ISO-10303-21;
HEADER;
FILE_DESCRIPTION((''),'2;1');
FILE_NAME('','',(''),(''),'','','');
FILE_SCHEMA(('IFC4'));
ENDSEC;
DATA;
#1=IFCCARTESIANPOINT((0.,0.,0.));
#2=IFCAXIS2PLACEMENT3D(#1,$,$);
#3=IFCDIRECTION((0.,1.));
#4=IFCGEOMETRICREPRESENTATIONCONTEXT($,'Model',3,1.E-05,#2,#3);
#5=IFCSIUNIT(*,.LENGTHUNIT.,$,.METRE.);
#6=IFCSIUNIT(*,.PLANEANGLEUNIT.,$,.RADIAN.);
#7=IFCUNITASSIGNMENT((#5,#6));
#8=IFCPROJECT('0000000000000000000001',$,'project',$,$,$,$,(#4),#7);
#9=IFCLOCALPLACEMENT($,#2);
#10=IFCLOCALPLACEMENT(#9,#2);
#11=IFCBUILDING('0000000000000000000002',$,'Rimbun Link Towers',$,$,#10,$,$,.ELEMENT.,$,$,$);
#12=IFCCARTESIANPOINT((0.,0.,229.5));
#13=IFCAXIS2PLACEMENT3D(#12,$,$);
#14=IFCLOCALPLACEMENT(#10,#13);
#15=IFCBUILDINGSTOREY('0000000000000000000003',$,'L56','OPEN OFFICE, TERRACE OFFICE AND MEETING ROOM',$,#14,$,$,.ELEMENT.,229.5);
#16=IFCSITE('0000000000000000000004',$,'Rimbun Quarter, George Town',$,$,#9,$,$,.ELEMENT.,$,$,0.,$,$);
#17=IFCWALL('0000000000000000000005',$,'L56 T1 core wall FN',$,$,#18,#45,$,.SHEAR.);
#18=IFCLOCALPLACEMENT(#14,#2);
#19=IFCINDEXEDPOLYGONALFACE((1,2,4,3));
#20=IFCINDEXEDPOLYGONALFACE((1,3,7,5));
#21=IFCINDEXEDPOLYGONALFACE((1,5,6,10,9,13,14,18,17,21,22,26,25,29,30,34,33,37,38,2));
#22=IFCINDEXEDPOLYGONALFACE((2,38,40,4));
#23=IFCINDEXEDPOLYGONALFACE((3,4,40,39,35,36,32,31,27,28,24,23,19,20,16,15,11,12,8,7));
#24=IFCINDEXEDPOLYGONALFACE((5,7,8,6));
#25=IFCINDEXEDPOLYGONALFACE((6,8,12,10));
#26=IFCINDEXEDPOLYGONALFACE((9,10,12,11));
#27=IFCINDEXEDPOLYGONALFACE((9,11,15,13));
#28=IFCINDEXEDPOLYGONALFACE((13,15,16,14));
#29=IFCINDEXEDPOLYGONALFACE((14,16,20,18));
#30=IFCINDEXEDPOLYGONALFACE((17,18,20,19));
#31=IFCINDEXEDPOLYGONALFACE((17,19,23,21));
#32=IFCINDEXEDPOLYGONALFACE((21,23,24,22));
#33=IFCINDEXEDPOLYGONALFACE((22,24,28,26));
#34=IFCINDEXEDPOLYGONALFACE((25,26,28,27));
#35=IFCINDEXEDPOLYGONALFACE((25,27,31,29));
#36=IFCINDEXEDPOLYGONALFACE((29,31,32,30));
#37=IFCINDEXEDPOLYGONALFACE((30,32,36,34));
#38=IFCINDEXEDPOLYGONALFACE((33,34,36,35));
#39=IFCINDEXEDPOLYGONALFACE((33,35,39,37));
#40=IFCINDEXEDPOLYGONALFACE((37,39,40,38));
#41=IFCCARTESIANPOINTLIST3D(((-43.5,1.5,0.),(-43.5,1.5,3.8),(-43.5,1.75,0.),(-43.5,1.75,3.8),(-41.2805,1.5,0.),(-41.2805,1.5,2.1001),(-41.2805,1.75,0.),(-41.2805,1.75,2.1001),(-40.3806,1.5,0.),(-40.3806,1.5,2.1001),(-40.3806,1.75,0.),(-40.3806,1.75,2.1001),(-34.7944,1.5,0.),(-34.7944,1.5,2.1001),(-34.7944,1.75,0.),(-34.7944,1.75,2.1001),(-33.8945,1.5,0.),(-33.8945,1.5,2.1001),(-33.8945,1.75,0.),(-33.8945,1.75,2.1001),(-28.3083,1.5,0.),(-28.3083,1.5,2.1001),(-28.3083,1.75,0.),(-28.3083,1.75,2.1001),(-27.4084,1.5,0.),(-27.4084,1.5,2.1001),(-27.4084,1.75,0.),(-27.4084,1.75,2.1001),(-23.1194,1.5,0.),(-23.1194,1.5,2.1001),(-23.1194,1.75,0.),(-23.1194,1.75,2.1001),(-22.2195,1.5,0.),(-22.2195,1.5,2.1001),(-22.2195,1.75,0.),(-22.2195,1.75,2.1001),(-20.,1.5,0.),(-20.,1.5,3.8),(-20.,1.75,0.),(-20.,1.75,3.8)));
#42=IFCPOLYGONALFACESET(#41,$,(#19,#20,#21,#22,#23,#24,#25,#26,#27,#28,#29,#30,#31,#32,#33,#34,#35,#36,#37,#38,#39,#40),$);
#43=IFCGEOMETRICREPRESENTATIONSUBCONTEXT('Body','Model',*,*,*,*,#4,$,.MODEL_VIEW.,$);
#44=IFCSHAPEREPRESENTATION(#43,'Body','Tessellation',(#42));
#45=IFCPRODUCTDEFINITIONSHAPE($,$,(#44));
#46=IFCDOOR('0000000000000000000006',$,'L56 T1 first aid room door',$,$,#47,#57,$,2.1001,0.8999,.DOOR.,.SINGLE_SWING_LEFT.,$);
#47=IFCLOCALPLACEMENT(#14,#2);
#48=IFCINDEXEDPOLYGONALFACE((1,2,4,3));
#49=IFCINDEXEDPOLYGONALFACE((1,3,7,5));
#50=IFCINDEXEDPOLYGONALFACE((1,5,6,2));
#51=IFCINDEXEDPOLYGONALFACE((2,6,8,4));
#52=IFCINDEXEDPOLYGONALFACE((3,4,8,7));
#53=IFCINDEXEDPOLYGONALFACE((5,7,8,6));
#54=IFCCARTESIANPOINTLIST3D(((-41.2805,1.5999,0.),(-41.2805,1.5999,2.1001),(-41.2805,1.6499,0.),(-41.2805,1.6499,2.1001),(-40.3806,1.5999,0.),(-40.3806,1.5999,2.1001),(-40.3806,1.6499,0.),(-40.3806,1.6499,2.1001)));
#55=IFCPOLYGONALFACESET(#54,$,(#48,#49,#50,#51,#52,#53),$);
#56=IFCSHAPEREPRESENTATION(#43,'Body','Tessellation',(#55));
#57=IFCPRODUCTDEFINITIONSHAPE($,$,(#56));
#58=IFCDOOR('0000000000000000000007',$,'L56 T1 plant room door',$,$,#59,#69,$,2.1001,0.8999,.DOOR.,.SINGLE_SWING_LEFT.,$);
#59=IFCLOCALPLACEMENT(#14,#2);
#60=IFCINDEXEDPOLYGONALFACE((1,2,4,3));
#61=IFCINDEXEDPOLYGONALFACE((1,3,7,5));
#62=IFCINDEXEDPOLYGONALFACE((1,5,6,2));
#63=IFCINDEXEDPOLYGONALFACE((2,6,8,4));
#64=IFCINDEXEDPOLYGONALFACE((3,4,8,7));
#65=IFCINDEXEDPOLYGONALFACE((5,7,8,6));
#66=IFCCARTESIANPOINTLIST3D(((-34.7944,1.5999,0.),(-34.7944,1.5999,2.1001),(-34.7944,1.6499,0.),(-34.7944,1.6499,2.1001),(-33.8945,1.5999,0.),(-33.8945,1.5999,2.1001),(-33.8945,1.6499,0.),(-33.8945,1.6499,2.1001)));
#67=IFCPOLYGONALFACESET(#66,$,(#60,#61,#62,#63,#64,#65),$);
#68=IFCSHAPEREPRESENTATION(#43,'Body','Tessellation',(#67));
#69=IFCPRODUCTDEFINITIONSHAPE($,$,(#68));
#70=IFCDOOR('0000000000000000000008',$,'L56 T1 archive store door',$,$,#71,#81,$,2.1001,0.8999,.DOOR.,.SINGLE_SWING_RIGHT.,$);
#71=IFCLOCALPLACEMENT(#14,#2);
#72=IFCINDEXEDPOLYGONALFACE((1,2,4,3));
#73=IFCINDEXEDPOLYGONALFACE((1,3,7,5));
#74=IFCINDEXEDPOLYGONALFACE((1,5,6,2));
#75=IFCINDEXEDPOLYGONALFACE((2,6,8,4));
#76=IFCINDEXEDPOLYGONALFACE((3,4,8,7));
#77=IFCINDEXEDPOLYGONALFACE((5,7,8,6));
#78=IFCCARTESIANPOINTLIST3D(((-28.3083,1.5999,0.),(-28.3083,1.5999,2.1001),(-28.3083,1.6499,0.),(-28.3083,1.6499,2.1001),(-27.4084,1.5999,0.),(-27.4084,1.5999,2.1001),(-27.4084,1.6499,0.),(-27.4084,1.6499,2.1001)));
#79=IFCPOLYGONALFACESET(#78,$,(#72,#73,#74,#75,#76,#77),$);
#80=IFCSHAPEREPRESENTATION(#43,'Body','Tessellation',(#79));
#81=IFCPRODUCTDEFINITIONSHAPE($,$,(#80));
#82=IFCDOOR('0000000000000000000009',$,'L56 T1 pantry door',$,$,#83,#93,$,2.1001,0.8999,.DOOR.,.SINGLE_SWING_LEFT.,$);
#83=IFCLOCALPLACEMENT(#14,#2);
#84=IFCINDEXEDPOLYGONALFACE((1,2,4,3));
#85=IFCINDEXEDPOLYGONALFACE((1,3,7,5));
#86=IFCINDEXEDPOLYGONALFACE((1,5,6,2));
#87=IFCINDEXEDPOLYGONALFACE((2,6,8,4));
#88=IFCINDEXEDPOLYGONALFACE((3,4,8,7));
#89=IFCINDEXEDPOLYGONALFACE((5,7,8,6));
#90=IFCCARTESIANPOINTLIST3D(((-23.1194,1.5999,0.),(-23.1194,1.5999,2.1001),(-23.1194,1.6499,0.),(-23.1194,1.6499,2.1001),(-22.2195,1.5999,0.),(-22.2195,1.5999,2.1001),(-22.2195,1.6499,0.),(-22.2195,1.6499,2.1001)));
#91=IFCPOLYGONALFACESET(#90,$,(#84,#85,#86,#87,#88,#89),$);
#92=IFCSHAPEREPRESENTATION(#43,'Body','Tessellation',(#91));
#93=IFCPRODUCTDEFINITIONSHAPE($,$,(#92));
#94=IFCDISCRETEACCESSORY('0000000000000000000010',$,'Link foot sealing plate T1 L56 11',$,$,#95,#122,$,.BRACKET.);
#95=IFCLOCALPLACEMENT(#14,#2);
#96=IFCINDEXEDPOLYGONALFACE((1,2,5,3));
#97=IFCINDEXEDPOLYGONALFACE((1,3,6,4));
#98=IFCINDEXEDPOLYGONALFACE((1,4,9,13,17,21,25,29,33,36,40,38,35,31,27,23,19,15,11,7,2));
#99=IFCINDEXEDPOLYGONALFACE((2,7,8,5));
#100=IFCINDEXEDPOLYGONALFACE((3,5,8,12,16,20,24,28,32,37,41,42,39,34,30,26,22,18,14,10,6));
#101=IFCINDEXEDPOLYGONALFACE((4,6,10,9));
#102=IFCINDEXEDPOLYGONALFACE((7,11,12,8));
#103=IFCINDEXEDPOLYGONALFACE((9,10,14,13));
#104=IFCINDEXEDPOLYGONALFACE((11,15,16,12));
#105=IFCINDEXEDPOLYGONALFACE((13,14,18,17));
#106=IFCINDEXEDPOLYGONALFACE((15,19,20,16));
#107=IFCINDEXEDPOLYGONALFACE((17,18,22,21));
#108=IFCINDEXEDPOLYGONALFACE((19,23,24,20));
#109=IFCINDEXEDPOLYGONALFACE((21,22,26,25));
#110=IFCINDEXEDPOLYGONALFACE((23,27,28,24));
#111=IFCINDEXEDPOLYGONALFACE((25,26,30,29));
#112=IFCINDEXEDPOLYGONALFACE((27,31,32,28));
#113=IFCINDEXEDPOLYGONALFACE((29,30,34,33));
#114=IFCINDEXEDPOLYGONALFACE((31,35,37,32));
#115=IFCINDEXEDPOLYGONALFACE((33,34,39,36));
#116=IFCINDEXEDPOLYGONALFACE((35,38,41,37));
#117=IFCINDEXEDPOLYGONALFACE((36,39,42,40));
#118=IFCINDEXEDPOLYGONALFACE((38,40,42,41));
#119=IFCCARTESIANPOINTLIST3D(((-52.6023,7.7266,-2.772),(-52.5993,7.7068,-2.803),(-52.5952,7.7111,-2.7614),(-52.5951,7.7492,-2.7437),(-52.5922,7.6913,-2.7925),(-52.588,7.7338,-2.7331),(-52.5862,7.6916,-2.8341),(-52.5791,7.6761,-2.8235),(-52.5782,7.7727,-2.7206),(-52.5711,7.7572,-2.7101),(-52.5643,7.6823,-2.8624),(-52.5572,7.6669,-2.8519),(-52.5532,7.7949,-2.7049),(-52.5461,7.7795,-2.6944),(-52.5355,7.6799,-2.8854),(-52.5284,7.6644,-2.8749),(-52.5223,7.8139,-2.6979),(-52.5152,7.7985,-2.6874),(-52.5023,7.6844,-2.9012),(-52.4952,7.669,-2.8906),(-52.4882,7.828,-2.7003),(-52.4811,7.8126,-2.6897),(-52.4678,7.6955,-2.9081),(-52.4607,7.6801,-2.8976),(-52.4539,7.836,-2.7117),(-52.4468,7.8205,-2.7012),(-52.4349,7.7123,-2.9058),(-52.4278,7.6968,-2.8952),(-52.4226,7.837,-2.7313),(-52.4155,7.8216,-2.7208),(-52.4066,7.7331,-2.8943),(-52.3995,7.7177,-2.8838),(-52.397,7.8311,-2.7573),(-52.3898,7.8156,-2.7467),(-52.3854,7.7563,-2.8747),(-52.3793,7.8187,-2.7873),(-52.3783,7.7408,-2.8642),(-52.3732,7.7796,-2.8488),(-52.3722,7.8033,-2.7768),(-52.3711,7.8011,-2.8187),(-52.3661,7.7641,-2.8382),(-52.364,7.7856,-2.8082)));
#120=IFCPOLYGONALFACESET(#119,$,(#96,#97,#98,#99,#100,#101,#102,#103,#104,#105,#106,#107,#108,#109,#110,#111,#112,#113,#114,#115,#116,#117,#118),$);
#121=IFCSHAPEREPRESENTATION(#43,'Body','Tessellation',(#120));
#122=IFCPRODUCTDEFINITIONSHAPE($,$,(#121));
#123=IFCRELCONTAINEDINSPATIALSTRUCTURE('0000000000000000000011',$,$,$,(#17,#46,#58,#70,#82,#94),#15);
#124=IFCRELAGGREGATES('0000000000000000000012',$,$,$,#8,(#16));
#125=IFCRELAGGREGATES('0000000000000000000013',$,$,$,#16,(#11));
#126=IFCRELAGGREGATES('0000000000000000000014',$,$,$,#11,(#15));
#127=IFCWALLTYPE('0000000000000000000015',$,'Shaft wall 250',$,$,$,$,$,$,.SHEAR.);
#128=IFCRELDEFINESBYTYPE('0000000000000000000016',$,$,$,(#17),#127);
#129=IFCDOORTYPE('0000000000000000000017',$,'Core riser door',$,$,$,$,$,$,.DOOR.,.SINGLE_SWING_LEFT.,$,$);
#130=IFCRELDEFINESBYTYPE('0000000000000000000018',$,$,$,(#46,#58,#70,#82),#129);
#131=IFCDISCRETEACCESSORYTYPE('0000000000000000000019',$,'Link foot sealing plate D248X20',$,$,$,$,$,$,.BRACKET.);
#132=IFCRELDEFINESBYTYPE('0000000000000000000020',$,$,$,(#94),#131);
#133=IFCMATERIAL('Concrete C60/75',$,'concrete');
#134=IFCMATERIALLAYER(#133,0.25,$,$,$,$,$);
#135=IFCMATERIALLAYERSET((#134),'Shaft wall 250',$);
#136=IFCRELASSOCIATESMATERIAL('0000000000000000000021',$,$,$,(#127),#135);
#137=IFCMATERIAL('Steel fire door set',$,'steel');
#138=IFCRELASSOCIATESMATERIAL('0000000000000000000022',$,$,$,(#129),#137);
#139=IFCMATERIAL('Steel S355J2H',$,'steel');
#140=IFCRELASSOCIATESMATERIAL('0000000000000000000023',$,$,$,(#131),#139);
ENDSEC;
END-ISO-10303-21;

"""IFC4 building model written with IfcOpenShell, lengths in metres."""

from ifc_helpers import new_model, si_unit, direction, frame, frame_2d, origin, origin_2d, place, context, subcontext, project, spatial, rectangle, circle, extrude, material, layer, layer_set, material_profile, profile_set, type_object, element, fill, save


model = new_model("IFC4")

# Units and contexts
model_context = context("Model", 3, precision=1e-05, world=origin(), true_north=direction((0.0, 1.0)))
body_context = subcontext(model_context, "Body", "Model", "MODEL_VIEW")
ifc_project = project(units=[si_unit("LENGTHUNIT", "METRE"), si_unit("PLANEANGLEUNIT", "RADIAN")], contexts=[model_context])

# Site, building, storey
site_placement = place(None, origin())
site = spatial("IfcSite", under=ifc_project, at=site_placement, Name="Rimbun Quarter, George Town", CompositionType="ELEMENT", RefElevation=0.0)
building_placement = place(site_placement, origin())
building = spatial("IfcBuilding", under=site, at=building_placement, Name="Rimbun Link Towers", CompositionType="ELEMENT")
storey_placement = place(building_placement, frame((0.0, 0.0, 229.5)))
storey = spatial("IfcBuildingStorey", under=building, at=storey_placement, Name="L56", Description="OPEN OFFICE, TERRACE OFFICE AND MEETING ROOM", CompositionType="ELEMENT", Elevation=229.5)

# Shared definitions
ifc_material_1 = material(Name="Concrete C60/75", Category="concrete")
ifc_layer_1 = layer(ifc_material_1, 0.25)
ifc_layer_set_1 = layer_set([ifc_layer_1], Name="Shaft wall 250")
wall_type_1 = type_object("IfcWallType", Name="Shaft wall 250", PredefinedType="SHEAR", material=ifc_layer_set_1)

# Wall, openings, doors
wall_1_placement = place(storey_placement, frame((-43.5, 1.625, 0.0), z_axis=(0.0, 0.0, 1.0), x_axis=(1.0, 0.0, 0.0)))
wall_1 = element("IfcWall", 1, at=wall_1_placement, inside=storey, type_object=wall_type_1, Name="L56 T1 core wall FN", PredefinedType="SHEAR", context=body_context, shape_type="SweptSolid", body=[
    extrude(rectangle(XDim=23.5, YDim=0.25, at=frame_2d((11.75, 0.0))), origin(), (0.0, 0.0, 1.0), 3.8),
])
opening_1_placement = place(wall_1_placement, frame((2.2195, 0.0, 0.0)))
opening_1 = element("IfcOpeningElement", 2, at=opening_1_placement, cuts=wall_1, PredefinedType="OPENING", context=body_context, shape_type="SweptSolid", body=[
    extrude(rectangle(XDim=0.8999, YDim=2.1001, at=frame_2d((0.45, 1.05))), frame((0.0, 0.135, 0.0), z_axis=(0.0, -1.0, 0.0), x_axis=(1.0, 0.0, 0.0)), (0.0, 0.0, 1.0), 0.27),
])
opening_2_placement = place(wall_1_placement, frame((8.7056, 0.0, 0.0)))
opening_2 = element("IfcOpeningElement", 3, at=opening_2_placement, cuts=wall_1, PredefinedType="OPENING", context=body_context, shape_type="SweptSolid", body=[
    extrude(rectangle(XDim=0.8999, YDim=2.1001, at=frame_2d((0.45, 1.05))), frame((0.0, 0.135, 0.0), z_axis=(0.0, -1.0, 0.0), x_axis=(1.0, 0.0, 0.0)), (0.0, 0.0, 1.0), 0.27),
])
opening_3_placement = place(wall_1_placement, frame((15.1917, 0.0, 0.0)))
opening_3 = element("IfcOpeningElement", 4, at=opening_3_placement, cuts=wall_1, PredefinedType="OPENING", context=body_context, shape_type="SweptSolid", body=[
    extrude(rectangle(XDim=0.8999, YDim=2.1001, at=frame_2d((0.45, 1.05))), frame((0.0, 0.135, 0.0), z_axis=(0.0, -1.0, 0.0), x_axis=(1.0, 0.0, 0.0)), (0.0, 0.0, 1.0), 0.27),
])
opening_4_placement = place(wall_1_placement, frame((20.3806, 0.0, 0.0)))
opening_4 = element("IfcOpeningElement", 5, at=opening_4_placement, cuts=wall_1, PredefinedType="OPENING", context=body_context, shape_type="SweptSolid", body=[
    extrude(rectangle(XDim=0.8999, YDim=2.1001, at=frame_2d((0.45, 1.05))), frame((0.0, 0.135, 0.0), z_axis=(0.0, -1.0, 0.0), x_axis=(1.0, 0.0, 0.0)), (0.0, 0.0, 1.0), 0.27),
])
ifc_material_2 = material(Name="Steel fire door set", Category="steel")
door_type = type_object("IfcDoorType", Name="Core riser door", OperationType="SINGLE_SWING_LEFT", PredefinedType="DOOR", material=ifc_material_2)
door_1_placement = place(opening_1_placement, origin())
door_1 = element("IfcDoor", 6, at=door_1_placement, inside=storey, type_object=door_type, Name="L56 T1 first aid room door", OperationType="SINGLE_SWING_LEFT", OverallHeight=2.1001, OverallWidth=0.8999, PredefinedType="DOOR", context=body_context, shape_type="SweptSolid", body=[
    extrude(rectangle(XDim=0.8999, YDim=2.1001, at=frame_2d((0.45, 1.05))), frame((0.0, 0.0249, 0.0), z_axis=(0.0, -1.0, 0.0), x_axis=(1.0, 0.0, 0.0)), (0.0, 0.0, 1.0), 0.05),
])
fill(opening_1, door_1)
door_2_placement = place(opening_2_placement, origin())
door_2 = element("IfcDoor", 7, at=door_2_placement, inside=storey, type_object=door_type, Name="L56 T1 plant room door", OperationType="SINGLE_SWING_LEFT", OverallHeight=2.1001, OverallWidth=0.8999, PredefinedType="DOOR", context=body_context, shape_type="SweptSolid", body=[
    extrude(rectangle(XDim=0.8999, YDim=2.1001, at=frame_2d((0.45, 1.05))), frame((0.0, 0.0249, 0.0), z_axis=(0.0, -1.0, 0.0), x_axis=(1.0, 0.0, 0.0)), (0.0, 0.0, 1.0), 0.05),
])
fill(opening_2, door_2)
door_3_placement = place(opening_3_placement, origin())
door_3 = element("IfcDoor", 8, at=door_3_placement, inside=storey, type_object=door_type, Name="L56 T1 archive store door", OperationType="SINGLE_SWING_RIGHT", OverallHeight=2.1001, OverallWidth=0.8999, PredefinedType="DOOR", context=body_context, shape_type="SweptSolid", body=[
    extrude(rectangle(XDim=0.8999, YDim=2.1001, at=frame_2d((0.45, 1.05))), frame((0.0, 0.0249, 0.0), z_axis=(0.0, -1.0, 0.0), x_axis=(1.0, 0.0, 0.0)), (0.0, 0.0, 1.0), 0.05),
])
fill(opening_3, door_3)
door_4_placement = place(opening_4_placement, origin())
door_4 = element("IfcDoor", 9, at=door_4_placement, inside=storey, type_object=door_type, Name="L56 T1 pantry door", OperationType="SINGLE_SWING_LEFT", OverallHeight=2.1001, OverallWidth=0.8999, PredefinedType="DOOR", context=body_context, shape_type="SweptSolid", body=[
    extrude(rectangle(XDim=0.8999, YDim=2.1001, at=frame_2d((0.45, 1.05))), frame((0.0, 0.0249, 0.0), z_axis=(0.0, -1.0, 0.0), x_axis=(1.0, 0.0, 0.0)), (0.0, 0.0, 1.0), 0.05),
])
fill(opening_4, door_4)

# Discrete accessory
ifc_material_3 = material(Name="Steel S355J2H", Category="steel")
ifc_material_profile_1 = material_profile(ifc_material_3, circle(Radius=0.124, at=origin_2d()), Name="PL D248")
ifc_profile_set_1 = profile_set([ifc_material_profile_1], Name="Steel S355J2H")
discrete_accessory_type = type_object("IfcDiscreteAccessoryType", Name="Link foot sealing plate D248X20", PredefinedType="BRACKET", material=ifc_profile_set_1)
discrete_accessory_placement = place(storey_placement, frame((-52.4795, 7.7432, -2.7925), z_axis=(-0.35538, 0.772033, -0.526943), x_axis=(-0.908381, -0.418144, 0.0)))
element("IfcDiscreteAccessory", 10, at=discrete_accessory_placement, inside=storey, type_object=discrete_accessory_type, Name="Link foot sealing plate T1 L56 11", PredefinedType="BRACKET", context=body_context, shape_type="SweptSolid", body=[
    extrude(circle(Radius=0.124, at=origin_2d()), origin(), (0.0, 0.0, 1.0), 0.02),
])

save(model, "model.ifc")
